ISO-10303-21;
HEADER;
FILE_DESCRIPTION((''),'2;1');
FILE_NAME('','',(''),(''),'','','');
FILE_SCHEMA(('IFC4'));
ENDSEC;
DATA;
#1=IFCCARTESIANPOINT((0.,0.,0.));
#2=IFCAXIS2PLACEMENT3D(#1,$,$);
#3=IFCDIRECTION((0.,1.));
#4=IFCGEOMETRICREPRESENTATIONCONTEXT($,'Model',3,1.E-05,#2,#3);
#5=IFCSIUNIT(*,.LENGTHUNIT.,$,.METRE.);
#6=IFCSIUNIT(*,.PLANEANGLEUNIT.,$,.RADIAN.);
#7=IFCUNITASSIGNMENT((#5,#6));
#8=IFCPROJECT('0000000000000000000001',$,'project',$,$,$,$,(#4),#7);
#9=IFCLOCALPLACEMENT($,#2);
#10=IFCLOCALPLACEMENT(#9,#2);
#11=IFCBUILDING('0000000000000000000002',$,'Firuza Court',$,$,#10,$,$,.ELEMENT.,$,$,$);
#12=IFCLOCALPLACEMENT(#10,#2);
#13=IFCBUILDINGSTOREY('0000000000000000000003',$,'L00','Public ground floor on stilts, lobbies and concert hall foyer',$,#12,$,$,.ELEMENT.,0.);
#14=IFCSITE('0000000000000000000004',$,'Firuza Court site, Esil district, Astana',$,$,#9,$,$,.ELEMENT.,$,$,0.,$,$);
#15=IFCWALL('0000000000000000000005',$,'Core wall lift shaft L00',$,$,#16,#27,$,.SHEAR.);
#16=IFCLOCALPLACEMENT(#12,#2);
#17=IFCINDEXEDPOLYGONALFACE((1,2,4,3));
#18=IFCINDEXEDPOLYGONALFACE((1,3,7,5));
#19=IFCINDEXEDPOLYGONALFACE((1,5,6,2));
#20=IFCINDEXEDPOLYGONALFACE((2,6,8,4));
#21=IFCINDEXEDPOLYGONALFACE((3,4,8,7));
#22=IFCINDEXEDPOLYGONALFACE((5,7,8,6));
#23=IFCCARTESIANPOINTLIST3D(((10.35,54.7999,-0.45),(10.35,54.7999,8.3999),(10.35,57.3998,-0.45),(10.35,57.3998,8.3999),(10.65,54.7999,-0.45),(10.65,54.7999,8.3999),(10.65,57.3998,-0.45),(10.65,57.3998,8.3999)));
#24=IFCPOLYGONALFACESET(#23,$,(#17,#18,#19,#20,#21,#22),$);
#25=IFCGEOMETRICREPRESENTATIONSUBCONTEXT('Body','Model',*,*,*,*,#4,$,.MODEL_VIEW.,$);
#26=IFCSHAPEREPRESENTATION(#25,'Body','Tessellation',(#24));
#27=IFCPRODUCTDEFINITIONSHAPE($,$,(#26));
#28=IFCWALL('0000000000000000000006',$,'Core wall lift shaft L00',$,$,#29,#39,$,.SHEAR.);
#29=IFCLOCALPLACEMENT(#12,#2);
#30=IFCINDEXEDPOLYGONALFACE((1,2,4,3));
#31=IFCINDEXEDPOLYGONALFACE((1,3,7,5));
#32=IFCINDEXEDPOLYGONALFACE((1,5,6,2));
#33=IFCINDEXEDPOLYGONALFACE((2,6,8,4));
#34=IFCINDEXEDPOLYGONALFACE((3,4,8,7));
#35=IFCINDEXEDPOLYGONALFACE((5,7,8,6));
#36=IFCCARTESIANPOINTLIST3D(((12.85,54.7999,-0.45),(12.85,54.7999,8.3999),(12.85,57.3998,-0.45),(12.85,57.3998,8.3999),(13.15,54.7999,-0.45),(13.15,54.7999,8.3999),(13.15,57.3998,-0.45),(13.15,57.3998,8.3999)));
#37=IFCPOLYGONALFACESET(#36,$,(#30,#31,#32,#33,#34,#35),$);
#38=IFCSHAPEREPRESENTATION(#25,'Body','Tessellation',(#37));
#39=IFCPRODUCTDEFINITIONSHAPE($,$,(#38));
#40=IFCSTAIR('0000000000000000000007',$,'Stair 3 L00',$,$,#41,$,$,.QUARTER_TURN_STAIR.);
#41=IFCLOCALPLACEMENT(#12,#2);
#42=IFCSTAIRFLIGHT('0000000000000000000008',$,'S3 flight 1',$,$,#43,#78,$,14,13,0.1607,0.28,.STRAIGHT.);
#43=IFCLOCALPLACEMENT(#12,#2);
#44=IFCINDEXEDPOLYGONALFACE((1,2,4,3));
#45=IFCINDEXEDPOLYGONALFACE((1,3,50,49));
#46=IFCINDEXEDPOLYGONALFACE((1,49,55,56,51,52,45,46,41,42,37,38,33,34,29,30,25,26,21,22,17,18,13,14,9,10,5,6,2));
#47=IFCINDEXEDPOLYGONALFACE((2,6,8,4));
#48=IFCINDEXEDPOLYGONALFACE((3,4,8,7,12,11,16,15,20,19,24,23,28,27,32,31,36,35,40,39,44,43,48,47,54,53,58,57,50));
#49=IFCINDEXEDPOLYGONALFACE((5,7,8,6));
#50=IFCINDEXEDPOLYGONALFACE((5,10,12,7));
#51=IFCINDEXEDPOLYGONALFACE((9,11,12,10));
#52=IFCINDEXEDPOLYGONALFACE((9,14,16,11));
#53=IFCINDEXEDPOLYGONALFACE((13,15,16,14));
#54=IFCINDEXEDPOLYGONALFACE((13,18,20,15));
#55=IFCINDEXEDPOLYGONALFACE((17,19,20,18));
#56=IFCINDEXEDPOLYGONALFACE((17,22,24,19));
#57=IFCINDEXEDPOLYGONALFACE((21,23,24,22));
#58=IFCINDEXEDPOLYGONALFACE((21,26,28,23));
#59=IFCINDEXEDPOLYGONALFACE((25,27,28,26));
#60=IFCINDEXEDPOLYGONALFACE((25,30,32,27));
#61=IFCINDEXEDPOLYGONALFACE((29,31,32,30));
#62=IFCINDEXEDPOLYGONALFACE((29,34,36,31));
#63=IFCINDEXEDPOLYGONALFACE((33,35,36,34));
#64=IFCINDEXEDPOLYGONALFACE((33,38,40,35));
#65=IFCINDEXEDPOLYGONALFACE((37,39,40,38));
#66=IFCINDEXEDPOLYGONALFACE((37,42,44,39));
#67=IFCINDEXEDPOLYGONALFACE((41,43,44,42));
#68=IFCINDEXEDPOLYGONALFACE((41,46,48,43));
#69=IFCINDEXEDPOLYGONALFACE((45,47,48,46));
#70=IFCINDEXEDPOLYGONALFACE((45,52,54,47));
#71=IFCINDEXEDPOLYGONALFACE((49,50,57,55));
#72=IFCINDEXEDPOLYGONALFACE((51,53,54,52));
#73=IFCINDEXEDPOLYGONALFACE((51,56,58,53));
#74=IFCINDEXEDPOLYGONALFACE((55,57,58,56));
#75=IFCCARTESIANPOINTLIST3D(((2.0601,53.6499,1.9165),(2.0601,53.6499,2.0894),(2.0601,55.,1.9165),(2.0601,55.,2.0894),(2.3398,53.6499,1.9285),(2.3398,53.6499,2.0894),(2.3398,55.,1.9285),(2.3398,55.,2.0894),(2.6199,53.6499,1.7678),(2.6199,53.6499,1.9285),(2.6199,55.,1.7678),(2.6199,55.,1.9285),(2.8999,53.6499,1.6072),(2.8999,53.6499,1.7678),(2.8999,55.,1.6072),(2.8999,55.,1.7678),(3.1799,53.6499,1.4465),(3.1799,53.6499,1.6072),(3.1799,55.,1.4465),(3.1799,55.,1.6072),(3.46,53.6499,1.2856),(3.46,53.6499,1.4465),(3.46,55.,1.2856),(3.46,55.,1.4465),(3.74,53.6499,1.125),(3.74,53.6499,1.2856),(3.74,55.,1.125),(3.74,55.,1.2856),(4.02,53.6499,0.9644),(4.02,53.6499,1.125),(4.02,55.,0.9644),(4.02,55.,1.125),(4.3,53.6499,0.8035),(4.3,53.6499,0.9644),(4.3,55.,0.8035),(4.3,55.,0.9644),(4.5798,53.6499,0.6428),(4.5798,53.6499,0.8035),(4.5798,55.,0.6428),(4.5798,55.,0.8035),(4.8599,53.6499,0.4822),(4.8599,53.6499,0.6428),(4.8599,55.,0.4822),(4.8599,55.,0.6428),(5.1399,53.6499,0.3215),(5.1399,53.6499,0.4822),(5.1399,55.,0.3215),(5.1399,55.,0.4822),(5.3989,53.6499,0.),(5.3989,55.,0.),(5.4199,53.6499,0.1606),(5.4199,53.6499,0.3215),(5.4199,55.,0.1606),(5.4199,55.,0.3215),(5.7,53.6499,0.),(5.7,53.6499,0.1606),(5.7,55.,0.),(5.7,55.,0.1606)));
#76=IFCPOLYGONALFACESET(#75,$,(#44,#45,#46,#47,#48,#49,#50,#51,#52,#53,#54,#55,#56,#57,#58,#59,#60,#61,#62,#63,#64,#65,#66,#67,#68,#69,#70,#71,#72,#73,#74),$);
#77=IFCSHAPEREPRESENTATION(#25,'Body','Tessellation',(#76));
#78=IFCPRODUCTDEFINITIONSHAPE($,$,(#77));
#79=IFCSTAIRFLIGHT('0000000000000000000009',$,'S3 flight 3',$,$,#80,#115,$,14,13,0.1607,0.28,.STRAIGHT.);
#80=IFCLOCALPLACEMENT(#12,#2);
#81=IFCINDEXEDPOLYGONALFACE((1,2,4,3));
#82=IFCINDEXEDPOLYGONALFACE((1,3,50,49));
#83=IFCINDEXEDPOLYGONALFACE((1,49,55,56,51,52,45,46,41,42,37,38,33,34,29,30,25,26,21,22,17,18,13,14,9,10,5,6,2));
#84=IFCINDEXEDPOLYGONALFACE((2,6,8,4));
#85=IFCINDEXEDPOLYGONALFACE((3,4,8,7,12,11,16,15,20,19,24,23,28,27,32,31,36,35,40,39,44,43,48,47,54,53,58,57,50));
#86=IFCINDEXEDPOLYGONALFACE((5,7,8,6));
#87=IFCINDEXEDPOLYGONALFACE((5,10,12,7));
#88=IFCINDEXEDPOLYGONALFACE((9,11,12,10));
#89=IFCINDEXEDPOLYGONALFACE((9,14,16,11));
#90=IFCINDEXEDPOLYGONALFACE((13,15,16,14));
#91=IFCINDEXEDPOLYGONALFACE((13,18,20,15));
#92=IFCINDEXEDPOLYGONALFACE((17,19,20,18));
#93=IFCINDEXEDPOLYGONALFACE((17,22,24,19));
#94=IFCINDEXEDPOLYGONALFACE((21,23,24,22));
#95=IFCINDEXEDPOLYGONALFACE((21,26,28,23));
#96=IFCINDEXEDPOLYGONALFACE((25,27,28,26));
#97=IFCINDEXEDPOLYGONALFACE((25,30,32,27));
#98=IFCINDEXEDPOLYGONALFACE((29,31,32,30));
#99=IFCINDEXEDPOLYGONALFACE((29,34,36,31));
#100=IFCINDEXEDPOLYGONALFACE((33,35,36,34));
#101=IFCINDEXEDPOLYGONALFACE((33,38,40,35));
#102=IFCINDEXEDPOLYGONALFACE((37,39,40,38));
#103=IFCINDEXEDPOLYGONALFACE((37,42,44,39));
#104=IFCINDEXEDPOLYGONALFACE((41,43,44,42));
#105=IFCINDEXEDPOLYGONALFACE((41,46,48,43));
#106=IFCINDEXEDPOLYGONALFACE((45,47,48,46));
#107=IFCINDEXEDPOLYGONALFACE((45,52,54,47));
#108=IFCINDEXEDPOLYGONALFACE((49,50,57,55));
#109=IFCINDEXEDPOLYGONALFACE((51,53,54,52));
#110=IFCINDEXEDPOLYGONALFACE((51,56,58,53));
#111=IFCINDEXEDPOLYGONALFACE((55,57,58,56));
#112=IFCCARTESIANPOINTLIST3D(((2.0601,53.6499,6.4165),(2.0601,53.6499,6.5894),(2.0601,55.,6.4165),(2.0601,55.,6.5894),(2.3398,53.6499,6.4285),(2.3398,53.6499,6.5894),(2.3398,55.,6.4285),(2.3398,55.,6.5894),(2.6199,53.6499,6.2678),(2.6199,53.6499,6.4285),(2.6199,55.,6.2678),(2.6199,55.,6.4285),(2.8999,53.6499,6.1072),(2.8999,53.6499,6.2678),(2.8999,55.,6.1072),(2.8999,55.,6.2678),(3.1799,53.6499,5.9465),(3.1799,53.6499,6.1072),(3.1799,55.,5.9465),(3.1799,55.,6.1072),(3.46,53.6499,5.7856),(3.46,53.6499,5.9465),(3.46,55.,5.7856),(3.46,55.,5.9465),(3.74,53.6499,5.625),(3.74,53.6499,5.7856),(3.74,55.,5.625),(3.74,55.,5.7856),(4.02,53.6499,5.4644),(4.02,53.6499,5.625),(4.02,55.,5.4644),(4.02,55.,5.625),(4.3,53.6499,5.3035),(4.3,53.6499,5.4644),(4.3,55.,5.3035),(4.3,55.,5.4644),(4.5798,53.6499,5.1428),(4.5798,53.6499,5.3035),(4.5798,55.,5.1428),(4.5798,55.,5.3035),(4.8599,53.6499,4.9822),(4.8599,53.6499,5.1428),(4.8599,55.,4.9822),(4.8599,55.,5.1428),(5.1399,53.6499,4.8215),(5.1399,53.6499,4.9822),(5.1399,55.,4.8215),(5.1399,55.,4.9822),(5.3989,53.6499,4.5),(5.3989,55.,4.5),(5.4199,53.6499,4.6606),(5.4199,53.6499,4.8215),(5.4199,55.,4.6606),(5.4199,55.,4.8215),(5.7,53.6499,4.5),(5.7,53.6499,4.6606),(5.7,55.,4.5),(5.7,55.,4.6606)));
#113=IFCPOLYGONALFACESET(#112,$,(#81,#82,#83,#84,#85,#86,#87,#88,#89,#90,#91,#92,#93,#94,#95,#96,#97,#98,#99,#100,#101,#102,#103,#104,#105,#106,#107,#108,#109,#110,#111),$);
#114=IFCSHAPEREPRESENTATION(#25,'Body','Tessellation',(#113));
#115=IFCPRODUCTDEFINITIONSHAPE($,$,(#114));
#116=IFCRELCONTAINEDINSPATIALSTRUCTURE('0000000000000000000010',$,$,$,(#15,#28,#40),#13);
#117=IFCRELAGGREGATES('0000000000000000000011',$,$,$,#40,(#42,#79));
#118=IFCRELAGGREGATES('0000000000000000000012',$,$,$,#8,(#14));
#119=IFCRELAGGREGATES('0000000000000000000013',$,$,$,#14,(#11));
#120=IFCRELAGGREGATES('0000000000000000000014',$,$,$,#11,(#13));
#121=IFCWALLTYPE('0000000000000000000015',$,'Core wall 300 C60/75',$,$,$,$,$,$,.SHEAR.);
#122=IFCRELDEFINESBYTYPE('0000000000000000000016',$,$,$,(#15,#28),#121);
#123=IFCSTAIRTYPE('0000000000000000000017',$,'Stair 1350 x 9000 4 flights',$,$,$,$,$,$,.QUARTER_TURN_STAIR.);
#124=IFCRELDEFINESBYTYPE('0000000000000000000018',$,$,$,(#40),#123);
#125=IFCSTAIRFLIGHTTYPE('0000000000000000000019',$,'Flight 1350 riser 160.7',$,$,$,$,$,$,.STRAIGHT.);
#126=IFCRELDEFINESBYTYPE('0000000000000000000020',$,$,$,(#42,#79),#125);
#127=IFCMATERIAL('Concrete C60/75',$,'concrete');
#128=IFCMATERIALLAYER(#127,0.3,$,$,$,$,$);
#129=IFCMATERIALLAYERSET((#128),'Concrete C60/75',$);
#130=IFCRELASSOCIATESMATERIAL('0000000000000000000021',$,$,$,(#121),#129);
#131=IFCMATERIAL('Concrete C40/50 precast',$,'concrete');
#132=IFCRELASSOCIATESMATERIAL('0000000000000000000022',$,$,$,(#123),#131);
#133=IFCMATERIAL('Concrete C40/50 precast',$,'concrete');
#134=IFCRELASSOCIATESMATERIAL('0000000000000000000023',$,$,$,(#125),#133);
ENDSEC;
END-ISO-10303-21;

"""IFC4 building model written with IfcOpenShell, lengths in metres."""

from ifc_helpers import new_model, si_unit, direction, frame, frame_2d, origin, place, context, subcontext, project, spatial, polyline, rectangle, outline, extrude, material, layer, layer_set, type_object, element, aggregate, save


model = new_model("IFC4")

# Units and contexts
model_context = context("Model", 3, precision=1e-05, world=origin(), true_north=direction((0.0, 1.0)))
body_context = subcontext(model_context, "Body", "Model", "MODEL_VIEW")
ifc_project = project(units=[si_unit("LENGTHUNIT", "METRE"), si_unit("PLANEANGLEUNIT", "RADIAN")], contexts=[model_context])

# Site, building, storey
site_placement = place(None, origin())
site = spatial("IfcSite", under=ifc_project, at=site_placement, Name="Firuza Court site, Esil district, Astana", CompositionType="ELEMENT", RefElevation=0.0)
building_placement = place(site_placement, origin())
building = spatial("IfcBuilding", under=site, at=building_placement, Name="Firuza Court", CompositionType="ELEMENT")
storey_placement = place(building_placement, origin())
storey = spatial("IfcBuildingStorey", under=building, at=storey_placement, Name="L00", Description="Public ground floor on stilts, lobbies and concert hall foyer", CompositionType="ELEMENT", Elevation=0.0)

# Shared definitions
ifc_material_1 = material(Name="Concrete C60/75", Category="concrete")

# Walls
ifc_layer_1 = layer(ifc_material_1, 0.3)
ifc_layer_set_1 = layer_set([ifc_layer_1], Name="Concrete C60/75")
wall_type_1 = type_object("IfcWallType", Name="Core wall 300 C60/75", PredefinedType="SHEAR", material=ifc_layer_set_1)
for number, where, z_axis, x_axis, name in (
    (1, (10.5, 54.8, -0.45), (0.0, 0.0, 1.0), (0.0, 1.0, 0.0), "Core wall lift shaft L00"),
    (2, (13.0, 54.8, -0.45), (0.0, 0.0, 1.0), (0.0, 1.0, 0.0), "Core wall lift shaft L00"),
):
    element("IfcWall", number, at=place(storey_placement, frame(where, z_axis=z_axis, x_axis=x_axis)), inside=storey, type_object=wall_type_1, Name=name, PredefinedType="SHEAR", context=body_context, shape_type="SweptSolid", body=[
        extrude(rectangle(XDim=2.5999, YDim=0.3, at=frame_2d((1.2998, 0.0))), origin(), (0.0, 0.0, 1.0), 8.8499),
    ])

# Stair, stair flights
ifc_material_2 = material(Name="Concrete C40/50 precast", Category="concrete")
stair_type = type_object("IfcStairType", Name="Stair 1350 x 9000 4 flights", PredefinedType="QUARTER_TURN_STAIR", material=ifc_material_2)
stair_placement = place(storey_placement, origin())
stair = element("IfcStair", 3, at=stair_placement, inside=storey, type_object=stair_type, Name="Stair 3 L00", PredefinedType="QUARTER_TURN_STAIR")
ifc_material_3 = material(Name="Concrete C40/50 precast", Category="concrete")
stair_flight_type = type_object("IfcStairFlightType", Name="Flight 1350 riser 160.7", PredefinedType="STRAIGHT", material=ifc_material_3)
stair_flight_1_placement = place(storey_placement, frame((5.7, 54.325, 0.0), z_axis=(0.0, 0.0, 1.0), x_axis=(-1.0, 0.0, 0.0)))
stair_flight_1 = element("IfcStairFlight", 4, at=stair_flight_1_placement, type_object=stair_flight_type, Name="S3 flight 1", NumberOfRisers=14, NumberOfTreads=13, PredefinedType="STRAIGHT", RiserHeight=0.1607, TreadLength=0.28, context=body_context, shape_type="SweptSolid", body=[
    extrude(outline(polyline([(0.0, 0.0), (0.0, 0.1606), (0.28, 0.1606), (0.28, 0.3215), (0.5601, 0.3215), (0.5601, 0.4822), (0.8401, 0.4822), (0.8401, 0.6428), (1.1201, 0.6428), (1.1201, 0.8035), (1.3999, 0.8035), (1.3999, 0.9644), (1.6799, 0.9644), (1.6799, 1.125), (1.96, 1.125), (1.96, 1.2856), (2.24, 1.2856), (2.24, 1.4465), (2.52, 1.4465), (2.52, 1.6072), (2.8, 1.6072), (2.8, 1.7678), (3.0801, 1.7678), (3.0801, 1.9285), (3.3601, 1.9285), (3.3601, 2.0894), (3.6399, 2.0894), (3.6399, 2.25), (3.6399, 1.9165), (0.301, 0.0), (0.0, 0.0)])), frame((0.0, 0.675, 0.0), z_axis=(0.0, -1.0, 0.0), x_axis=(1.0, 0.0, 0.0)), (0.0, 0.0, 1.0), 1.3501),
])
stair_flight_2_placement = place(storey_placement, frame((5.7, 54.325, 4.5), z_axis=(0.0, 0.0, 1.0), x_axis=(-1.0, 0.0, 0.0)))
stair_flight_2 = element("IfcStairFlight", 5, at=stair_flight_2_placement, type_object=stair_flight_type, Name="S3 flight 3", NumberOfRisers=14, NumberOfTreads=13, PredefinedType="STRAIGHT", RiserHeight=0.1607, TreadLength=0.28, context=body_context, shape_type="SweptSolid", body=[
    extrude(outline(polyline([(0.0, 0.0), (0.0, 0.1606), (0.28, 0.1606), (0.28, 0.3215), (0.5601, 0.3215), (0.5601, 0.4822), (0.8401, 0.4822), (0.8401, 0.6428), (1.1201, 0.6428), (1.1201, 0.8035), (1.3999, 0.8035), (1.3999, 0.9644), (1.6799, 0.9644), (1.6799, 1.125), (1.96, 1.125), (1.96, 1.2856), (2.24, 1.2856), (2.24, 1.4465), (2.52, 1.4465), (2.52, 1.6072), (2.8, 1.6072), (2.8, 1.7678), (3.0801, 1.7678), (3.0801, 1.9285), (3.3601, 1.9285), (3.3601, 2.0894), (3.6399, 2.0894), (3.6399, 2.25), (3.6399, 1.9165), (0.301, 0.0), (0.0, 0.0)])), frame((0.0, 0.675, 0.0), z_axis=(0.0, -1.0, 0.0), x_axis=(1.0, 0.0, 0.0)), (0.0, 0.0, 1.0), 1.3501),
])
aggregate(stair, [stair_flight_1, stair_flight_2])

save(model, "model.ifc")
